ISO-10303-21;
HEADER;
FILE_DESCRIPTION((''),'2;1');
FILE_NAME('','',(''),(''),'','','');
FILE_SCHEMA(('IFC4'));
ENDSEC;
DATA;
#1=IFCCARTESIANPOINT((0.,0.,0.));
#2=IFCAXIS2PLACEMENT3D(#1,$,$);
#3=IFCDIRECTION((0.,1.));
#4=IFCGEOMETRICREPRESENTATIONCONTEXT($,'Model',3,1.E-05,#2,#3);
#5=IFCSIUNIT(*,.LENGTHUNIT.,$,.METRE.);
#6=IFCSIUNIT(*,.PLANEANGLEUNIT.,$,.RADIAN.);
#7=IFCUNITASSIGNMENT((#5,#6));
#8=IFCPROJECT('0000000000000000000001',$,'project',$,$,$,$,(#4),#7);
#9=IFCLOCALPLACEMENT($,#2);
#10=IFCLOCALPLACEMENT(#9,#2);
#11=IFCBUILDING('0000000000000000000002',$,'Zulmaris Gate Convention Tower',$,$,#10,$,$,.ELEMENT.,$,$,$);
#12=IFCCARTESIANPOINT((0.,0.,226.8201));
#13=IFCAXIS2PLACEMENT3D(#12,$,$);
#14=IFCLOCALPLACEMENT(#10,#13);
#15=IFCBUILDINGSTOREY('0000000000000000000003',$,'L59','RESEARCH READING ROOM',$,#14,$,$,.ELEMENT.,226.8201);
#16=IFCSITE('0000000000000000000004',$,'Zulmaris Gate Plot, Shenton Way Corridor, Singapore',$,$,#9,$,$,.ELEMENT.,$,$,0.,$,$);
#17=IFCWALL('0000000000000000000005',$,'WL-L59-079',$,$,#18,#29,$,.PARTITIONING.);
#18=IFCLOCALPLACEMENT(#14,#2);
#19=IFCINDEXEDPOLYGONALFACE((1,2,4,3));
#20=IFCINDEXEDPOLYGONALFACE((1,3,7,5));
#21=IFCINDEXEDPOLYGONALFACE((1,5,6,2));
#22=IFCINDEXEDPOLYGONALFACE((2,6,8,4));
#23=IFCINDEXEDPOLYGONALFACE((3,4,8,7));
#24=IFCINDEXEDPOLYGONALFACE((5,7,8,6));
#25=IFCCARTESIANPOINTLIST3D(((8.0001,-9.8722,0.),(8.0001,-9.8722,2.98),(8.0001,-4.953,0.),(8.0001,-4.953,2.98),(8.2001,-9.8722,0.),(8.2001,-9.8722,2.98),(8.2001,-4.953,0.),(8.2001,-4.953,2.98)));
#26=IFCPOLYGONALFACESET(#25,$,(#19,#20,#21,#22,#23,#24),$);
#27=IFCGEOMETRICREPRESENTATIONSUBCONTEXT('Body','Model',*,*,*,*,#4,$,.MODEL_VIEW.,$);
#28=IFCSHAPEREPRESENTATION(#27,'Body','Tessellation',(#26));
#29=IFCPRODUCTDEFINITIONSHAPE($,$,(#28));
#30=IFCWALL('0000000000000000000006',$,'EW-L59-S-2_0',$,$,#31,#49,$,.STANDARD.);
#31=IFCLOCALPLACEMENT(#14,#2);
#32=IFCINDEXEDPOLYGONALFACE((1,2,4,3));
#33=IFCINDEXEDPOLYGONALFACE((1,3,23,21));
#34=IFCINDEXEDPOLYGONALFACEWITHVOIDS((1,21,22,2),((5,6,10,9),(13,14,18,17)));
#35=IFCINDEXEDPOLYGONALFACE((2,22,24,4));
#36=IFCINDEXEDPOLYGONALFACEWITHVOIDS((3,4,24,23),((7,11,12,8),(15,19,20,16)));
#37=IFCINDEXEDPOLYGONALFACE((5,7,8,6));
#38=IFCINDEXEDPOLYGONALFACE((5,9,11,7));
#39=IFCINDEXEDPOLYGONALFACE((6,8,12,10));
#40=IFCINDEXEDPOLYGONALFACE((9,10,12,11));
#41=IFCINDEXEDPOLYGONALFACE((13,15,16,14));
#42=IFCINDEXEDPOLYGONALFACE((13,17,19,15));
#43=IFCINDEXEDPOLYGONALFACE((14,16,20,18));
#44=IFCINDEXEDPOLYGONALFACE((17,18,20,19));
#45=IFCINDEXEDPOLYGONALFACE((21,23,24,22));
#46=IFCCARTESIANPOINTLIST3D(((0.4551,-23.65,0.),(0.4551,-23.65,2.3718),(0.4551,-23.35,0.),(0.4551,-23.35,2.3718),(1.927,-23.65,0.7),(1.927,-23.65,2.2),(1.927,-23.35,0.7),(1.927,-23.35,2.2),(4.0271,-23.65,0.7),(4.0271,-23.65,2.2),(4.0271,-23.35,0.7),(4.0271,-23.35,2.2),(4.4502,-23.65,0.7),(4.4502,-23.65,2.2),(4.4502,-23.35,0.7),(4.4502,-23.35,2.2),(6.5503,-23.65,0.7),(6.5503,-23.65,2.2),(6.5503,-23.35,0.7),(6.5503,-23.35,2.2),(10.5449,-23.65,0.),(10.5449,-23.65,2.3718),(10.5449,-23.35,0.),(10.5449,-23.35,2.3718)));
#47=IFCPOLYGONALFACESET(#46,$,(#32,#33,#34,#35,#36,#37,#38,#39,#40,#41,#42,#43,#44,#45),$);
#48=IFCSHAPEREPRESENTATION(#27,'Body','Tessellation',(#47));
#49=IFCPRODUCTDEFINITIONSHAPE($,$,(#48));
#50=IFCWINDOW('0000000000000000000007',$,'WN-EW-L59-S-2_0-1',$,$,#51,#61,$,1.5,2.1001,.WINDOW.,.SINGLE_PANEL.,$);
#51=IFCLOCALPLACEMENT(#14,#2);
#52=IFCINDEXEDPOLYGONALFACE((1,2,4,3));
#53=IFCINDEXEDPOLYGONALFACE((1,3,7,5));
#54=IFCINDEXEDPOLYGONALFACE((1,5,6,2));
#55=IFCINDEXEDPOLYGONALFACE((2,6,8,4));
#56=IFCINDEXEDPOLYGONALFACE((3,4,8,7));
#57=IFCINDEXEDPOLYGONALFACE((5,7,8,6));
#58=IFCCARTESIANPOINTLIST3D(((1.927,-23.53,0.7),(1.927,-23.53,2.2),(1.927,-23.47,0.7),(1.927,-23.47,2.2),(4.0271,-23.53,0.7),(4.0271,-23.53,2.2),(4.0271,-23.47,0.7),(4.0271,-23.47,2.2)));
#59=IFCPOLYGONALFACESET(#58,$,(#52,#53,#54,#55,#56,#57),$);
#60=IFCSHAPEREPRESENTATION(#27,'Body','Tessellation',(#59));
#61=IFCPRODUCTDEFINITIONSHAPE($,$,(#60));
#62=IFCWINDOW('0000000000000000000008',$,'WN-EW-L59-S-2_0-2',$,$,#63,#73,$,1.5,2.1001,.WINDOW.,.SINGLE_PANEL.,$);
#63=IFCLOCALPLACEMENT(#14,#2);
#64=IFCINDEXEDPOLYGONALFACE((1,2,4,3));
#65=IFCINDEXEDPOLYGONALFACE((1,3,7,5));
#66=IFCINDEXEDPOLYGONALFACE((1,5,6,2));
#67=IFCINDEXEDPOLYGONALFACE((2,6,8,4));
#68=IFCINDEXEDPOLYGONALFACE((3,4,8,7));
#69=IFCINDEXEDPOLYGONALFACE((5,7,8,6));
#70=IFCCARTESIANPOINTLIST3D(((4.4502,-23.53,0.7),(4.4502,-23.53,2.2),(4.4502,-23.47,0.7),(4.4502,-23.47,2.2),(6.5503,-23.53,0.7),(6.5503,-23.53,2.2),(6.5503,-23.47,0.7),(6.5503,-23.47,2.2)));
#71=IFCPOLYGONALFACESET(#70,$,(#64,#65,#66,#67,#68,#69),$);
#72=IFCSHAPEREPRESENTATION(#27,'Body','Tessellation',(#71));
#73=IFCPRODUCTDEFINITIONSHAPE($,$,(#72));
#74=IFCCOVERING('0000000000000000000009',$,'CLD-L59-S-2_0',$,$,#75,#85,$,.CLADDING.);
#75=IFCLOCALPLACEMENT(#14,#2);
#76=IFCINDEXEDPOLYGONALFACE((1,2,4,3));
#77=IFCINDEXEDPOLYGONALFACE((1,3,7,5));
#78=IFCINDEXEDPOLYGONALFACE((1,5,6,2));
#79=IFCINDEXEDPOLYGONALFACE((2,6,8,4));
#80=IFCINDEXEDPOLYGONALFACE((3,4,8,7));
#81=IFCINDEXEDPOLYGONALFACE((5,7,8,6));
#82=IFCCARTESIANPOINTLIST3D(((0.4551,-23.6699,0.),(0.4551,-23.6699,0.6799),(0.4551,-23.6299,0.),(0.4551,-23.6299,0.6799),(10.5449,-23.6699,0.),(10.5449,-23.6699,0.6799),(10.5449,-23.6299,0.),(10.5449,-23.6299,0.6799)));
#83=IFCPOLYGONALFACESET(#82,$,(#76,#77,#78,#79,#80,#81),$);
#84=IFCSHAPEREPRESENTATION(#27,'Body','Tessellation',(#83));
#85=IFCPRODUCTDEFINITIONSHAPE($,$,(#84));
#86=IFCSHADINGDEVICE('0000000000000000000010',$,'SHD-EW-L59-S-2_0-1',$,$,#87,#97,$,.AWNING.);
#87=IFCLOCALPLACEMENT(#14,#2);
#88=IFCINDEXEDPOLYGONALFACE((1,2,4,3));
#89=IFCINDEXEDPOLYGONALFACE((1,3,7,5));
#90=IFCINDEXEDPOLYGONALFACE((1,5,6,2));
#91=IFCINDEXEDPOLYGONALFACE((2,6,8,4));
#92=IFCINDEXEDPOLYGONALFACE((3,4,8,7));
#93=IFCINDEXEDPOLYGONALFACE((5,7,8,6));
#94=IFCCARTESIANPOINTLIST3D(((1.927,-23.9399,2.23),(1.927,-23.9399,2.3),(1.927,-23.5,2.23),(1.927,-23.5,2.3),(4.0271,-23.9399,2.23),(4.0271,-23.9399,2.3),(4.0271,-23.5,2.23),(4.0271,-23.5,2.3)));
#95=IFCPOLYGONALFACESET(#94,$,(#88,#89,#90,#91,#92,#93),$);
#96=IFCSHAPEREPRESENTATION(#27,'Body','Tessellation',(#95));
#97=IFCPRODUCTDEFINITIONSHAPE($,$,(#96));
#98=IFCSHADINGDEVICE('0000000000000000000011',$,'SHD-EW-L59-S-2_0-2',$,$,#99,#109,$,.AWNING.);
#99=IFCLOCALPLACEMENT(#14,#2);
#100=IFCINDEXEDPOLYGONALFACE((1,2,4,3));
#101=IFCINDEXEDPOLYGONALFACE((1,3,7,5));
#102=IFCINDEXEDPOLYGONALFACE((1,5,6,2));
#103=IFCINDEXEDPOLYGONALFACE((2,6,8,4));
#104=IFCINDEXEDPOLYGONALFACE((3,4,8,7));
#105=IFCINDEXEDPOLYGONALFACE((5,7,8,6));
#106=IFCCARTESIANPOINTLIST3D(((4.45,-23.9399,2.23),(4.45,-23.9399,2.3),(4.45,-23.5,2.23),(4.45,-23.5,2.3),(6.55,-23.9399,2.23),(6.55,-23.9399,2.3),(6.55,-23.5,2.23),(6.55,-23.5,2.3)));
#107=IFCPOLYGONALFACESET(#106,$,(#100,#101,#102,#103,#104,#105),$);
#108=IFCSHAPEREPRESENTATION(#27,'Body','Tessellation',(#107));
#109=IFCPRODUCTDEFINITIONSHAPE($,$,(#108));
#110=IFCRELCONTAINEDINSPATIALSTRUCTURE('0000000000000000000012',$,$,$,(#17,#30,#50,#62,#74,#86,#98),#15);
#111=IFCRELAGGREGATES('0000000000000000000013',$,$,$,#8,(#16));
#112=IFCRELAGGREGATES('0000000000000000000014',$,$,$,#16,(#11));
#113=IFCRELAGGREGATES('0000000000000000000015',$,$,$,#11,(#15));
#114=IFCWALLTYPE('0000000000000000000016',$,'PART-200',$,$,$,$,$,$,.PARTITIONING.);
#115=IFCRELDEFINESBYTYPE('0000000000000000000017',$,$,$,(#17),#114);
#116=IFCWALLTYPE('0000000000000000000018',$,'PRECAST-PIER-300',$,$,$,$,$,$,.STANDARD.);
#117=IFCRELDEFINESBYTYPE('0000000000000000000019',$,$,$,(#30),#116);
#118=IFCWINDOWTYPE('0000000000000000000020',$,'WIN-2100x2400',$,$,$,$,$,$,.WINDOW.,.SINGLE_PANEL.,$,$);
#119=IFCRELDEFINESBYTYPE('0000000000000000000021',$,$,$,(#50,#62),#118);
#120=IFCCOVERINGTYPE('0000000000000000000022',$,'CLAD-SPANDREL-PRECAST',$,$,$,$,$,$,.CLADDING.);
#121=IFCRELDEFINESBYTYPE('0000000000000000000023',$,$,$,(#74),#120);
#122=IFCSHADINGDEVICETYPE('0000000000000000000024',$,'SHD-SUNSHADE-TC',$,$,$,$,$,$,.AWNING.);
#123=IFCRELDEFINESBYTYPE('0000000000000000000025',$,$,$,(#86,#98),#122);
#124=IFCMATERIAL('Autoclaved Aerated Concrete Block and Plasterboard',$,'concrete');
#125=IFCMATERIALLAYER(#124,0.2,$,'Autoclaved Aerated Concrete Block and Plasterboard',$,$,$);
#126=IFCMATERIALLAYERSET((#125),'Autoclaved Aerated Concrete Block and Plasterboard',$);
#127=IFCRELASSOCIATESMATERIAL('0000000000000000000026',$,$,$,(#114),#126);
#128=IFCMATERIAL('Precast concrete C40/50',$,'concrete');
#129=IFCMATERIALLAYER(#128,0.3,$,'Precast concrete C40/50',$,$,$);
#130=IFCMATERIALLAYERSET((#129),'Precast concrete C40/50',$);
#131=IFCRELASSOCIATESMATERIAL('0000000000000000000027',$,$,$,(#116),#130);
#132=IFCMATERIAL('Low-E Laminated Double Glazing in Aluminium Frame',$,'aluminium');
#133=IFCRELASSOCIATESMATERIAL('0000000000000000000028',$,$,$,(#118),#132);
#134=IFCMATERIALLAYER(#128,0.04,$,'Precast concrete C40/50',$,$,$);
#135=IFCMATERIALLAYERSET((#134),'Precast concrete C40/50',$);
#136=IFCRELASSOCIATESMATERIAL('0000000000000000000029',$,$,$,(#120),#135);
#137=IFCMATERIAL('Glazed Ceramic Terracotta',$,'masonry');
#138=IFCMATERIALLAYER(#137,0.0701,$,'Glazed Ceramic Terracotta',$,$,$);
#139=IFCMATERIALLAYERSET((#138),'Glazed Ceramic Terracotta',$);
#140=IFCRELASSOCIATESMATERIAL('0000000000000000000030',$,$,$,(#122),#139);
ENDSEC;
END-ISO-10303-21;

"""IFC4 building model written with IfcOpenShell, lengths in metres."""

from ifc_helpers import new_model, si_unit, direction, frame, frame_2d, origin, place, context, subcontext, project, spatial, rectangle, extrude, material, layer, layer_set, type_object, element, fill, save


model = new_model("IFC4")

# Units and contexts
model_context = context("Model", 3, precision=1e-05, world=origin(), true_north=direction((0.0, 1.0)))
body_context = subcontext(model_context, "Body", "Model", "MODEL_VIEW")
ifc_project = project(units=[si_unit("LENGTHUNIT", "METRE"), si_unit("PLANEANGLEUNIT", "RADIAN")], contexts=[model_context])

# Site, building, storey
site_placement = place(None, origin())
site = spatial("IfcSite", under=ifc_project, at=site_placement, Name="Zulmaris Gate Plot, Shenton Way Corridor, Singapore", CompositionType="ELEMENT", RefElevation=0.0)
building_placement = place(site_placement, origin())
building = spatial("IfcBuilding", under=site, at=building_placement, Name="Zulmaris Gate Convention Tower", CompositionType="ELEMENT")
storey_placement = place(building_placement, frame((0.0, 0.0, 226.8201)))
storey = spatial("IfcBuildingStorey", under=building, at=storey_placement, Name="L59", Description="RESEARCH READING ROOM", CompositionType="ELEMENT", Elevation=226.8201)

# Wall
ifc_material_1 = material(Name="Autoclaved Aerated Concrete Block and Plasterboard", Category="concrete")
ifc_layer_1 = layer(ifc_material_1, 0.2, Name="Autoclaved Aerated Concrete Block and Plasterboard")
ifc_layer_set_1 = layer_set([ifc_layer_1], Name="Autoclaved Aerated Concrete Block and Plasterboard")
wall_type_1 = type_object("IfcWallType", Name="PART-200", PredefinedType="PARTITIONING", material=ifc_layer_set_1)
wall_1_placement = place(storey_placement, frame((8.1001, -9.8721, 0.0), z_axis=(0.0, 0.0, 1.0), x_axis=(0.0, 1.0, 0.0)))
element("IfcWall", 1, at=wall_1_placement, inside=storey, type_object=wall_type_1, Name="WL-L59-079", PredefinedType="PARTITIONING", context=body_context, shape_type="SweptSolid", body=[
    extrude(rectangle(XDim=4.9192, YDim=0.2, at=frame_2d((2.4595, 0.0))), origin(), (0.0, 0.0, 1.0), 2.98),
])

# Wall, openings, windows
ifc_material_2 = material(Name="Precast concrete C40/50", Category="concrete")
ifc_layer_2 = layer(ifc_material_2, 0.3, Name="Precast concrete C40/50")
ifc_layer_set_2 = layer_set([ifc_layer_2], Name="Precast concrete C40/50")
wall_type_2 = type_object("IfcWallType", Name="PRECAST-PIER-300", PredefinedType="STANDARD", material=ifc_layer_set_2)
wall_2_placement = place(storey_placement, frame((0.4551, -23.5, 0.0), z_axis=(0.0, 0.0, 1.0), x_axis=(1.0, 0.0, 0.0)))
wall_2 = element("IfcWall", 2, at=wall_2_placement, inside=storey, type_object=wall_type_2, Name="EW-L59-S-2_0", PredefinedType="STANDARD", context=body_context, shape_type="SweptSolid", body=[
    extrude(rectangle(XDim=10.0898, YDim=0.3, at=frame_2d((5.0449, 0.0))), origin(), (0.0, 0.0, 1.0), 2.3718),
])
opening_1_placement = place(wall_2_placement, frame((1.4719, 0.0, 0.7)))
opening_1 = element("IfcOpeningElement", 3, at=opening_1_placement, cuts=wall_2, PredefinedType="OPENING", context=body_context, shape_type="SweptSolid", body=[
    extrude(rectangle(XDim=2.1001, YDim=1.5, at=frame_2d((1.05, 0.75))), frame((0.0, 0.1602, 0.0), z_axis=(0.0, -1.0, 0.0), x_axis=(1.0, 0.0, 0.0)), (0.0, 0.0, 1.0), 0.3201),
])
opening_2_placement = place(wall_2_placement, frame((3.9951, 0.0, 0.7)))
opening_2 = element("IfcOpeningElement", 4, at=opening_2_placement, cuts=wall_2, PredefinedType="OPENING", context=body_context, shape_type="SweptSolid", body=[
    extrude(rectangle(XDim=2.1001, YDim=1.5, at=frame_2d((1.05, 0.75))), frame((0.0, 0.1602, 0.0), z_axis=(0.0, -1.0, 0.0), x_axis=(1.0, 0.0, 0.0)), (0.0, 0.0, 1.0), 0.3201),
])
ifc_material_3 = material(Name="Low-E Laminated Double Glazing in Aluminium Frame", Category="aluminium")
window_type = type_object("IfcWindowType", Name="WIN-2100x2400", PartitioningType="SINGLE_PANEL", PredefinedType="WINDOW", material=ifc_material_3)
window_1_placement = place(opening_1_placement, origin())
window_1 = element("IfcWindow", 5, at=window_1_placement, inside=storey, type_object=window_type, Name="WN-EW-L59-S-2_0-1", OverallHeight=1.5, OverallWidth=2.1001, PartitioningType="SINGLE_PANEL", PredefinedType="WINDOW", context=body_context, shape_type="SweptSolid", body=[
    extrude(rectangle(XDim=2.1001, YDim=1.5, at=frame_2d((1.05, 0.75))), frame((0.0, 0.03, 0.0), z_axis=(0.0, -1.0, 0.0), x_axis=(1.0, 0.0, 0.0)), (0.0, 0.0, 1.0), 0.0601),
])
fill(opening_1, window_1)
window_2_placement = place(opening_2_placement, origin())
window_2 = element("IfcWindow", 6, at=window_2_placement, inside=storey, type_object=window_type, Name="WN-EW-L59-S-2_0-2", OverallHeight=1.5, OverallWidth=2.1001, PartitioningType="SINGLE_PANEL", PredefinedType="WINDOW", context=body_context, shape_type="SweptSolid", body=[
    extrude(rectangle(XDim=2.1001, YDim=1.5, at=frame_2d((1.05, 0.75))), frame((0.0, 0.03, 0.0), z_axis=(0.0, -1.0, 0.0), x_axis=(1.0, 0.0, 0.0)), (0.0, 0.0, 1.0), 0.0601),
])
fill(opening_2, window_2)

# Covering
ifc_layer_3 = layer(ifc_material_2, 0.04, Name="Precast concrete C40/50")
ifc_layer_set_3 = layer_set([ifc_layer_3], Name="Precast concrete C40/50")
covering_type = type_object("IfcCoveringType", Name="CLAD-SPANDREL-PRECAST", PredefinedType="CLADDING", material=ifc_layer_set_3)
covering_placement = place(storey_placement, frame((0.4551, -23.6499, 0.0), z_axis=(0.0, 0.0, 1.0), x_axis=(1.0, 0.0, 0.0)))
element("IfcCovering", 7, at=covering_placement, inside=storey, type_object=covering_type, Name="CLD-L59-S-2_0", PredefinedType="CLADDING", context=body_context, shape_type="SweptSolid", body=[
    extrude(rectangle(XDim=10.0898, YDim=0.04, at=frame_2d((5.0449, 0.0))), origin(), (0.0, 0.0, 1.0), 0.6799),
])

# Shading devices
ifc_material_4 = material(Name="Glazed Ceramic Terracotta", Category="masonry")
ifc_layer_4 = layer(ifc_material_4, 0.0701, Name="Glazed Ceramic Terracotta")
ifc_layer_set_4 = layer_set([ifc_layer_4], Name="Glazed Ceramic Terracotta")
shading_device_type = type_object("IfcShadingDeviceType", Name="SHD-SUNSHADE-TC", PredefinedType="AWNING", material=ifc_layer_set_4)
for number, where, z_axis, x_axis, name in (
    (8, (1.927, -23.72, 2.23), (0.0, 0.0, 1.0), (1.0, 0.0, 0.0), "SHD-EW-L59-S-2_0-1"),
    (9, (4.45, -23.72, 2.23), (0.0, 0.0, 1.0), (1.0, 0.0, 0.0), "SHD-EW-L59-S-2_0-2"),
):
    element("IfcShadingDevice", number, at=place(storey_placement, frame(where, z_axis=z_axis, x_axis=x_axis)), inside=storey, type_object=shading_device_type, Name=name, PredefinedType="AWNING", context=body_context, shape_type="SweptSolid", body=[
        extrude(rectangle(XDim=2.1001, YDim=0.4399, at=frame_2d((1.05, 0.0))), origin(), (0.0, 0.0, 1.0), 0.0701),
    ])

save(model, "model.ifc")
